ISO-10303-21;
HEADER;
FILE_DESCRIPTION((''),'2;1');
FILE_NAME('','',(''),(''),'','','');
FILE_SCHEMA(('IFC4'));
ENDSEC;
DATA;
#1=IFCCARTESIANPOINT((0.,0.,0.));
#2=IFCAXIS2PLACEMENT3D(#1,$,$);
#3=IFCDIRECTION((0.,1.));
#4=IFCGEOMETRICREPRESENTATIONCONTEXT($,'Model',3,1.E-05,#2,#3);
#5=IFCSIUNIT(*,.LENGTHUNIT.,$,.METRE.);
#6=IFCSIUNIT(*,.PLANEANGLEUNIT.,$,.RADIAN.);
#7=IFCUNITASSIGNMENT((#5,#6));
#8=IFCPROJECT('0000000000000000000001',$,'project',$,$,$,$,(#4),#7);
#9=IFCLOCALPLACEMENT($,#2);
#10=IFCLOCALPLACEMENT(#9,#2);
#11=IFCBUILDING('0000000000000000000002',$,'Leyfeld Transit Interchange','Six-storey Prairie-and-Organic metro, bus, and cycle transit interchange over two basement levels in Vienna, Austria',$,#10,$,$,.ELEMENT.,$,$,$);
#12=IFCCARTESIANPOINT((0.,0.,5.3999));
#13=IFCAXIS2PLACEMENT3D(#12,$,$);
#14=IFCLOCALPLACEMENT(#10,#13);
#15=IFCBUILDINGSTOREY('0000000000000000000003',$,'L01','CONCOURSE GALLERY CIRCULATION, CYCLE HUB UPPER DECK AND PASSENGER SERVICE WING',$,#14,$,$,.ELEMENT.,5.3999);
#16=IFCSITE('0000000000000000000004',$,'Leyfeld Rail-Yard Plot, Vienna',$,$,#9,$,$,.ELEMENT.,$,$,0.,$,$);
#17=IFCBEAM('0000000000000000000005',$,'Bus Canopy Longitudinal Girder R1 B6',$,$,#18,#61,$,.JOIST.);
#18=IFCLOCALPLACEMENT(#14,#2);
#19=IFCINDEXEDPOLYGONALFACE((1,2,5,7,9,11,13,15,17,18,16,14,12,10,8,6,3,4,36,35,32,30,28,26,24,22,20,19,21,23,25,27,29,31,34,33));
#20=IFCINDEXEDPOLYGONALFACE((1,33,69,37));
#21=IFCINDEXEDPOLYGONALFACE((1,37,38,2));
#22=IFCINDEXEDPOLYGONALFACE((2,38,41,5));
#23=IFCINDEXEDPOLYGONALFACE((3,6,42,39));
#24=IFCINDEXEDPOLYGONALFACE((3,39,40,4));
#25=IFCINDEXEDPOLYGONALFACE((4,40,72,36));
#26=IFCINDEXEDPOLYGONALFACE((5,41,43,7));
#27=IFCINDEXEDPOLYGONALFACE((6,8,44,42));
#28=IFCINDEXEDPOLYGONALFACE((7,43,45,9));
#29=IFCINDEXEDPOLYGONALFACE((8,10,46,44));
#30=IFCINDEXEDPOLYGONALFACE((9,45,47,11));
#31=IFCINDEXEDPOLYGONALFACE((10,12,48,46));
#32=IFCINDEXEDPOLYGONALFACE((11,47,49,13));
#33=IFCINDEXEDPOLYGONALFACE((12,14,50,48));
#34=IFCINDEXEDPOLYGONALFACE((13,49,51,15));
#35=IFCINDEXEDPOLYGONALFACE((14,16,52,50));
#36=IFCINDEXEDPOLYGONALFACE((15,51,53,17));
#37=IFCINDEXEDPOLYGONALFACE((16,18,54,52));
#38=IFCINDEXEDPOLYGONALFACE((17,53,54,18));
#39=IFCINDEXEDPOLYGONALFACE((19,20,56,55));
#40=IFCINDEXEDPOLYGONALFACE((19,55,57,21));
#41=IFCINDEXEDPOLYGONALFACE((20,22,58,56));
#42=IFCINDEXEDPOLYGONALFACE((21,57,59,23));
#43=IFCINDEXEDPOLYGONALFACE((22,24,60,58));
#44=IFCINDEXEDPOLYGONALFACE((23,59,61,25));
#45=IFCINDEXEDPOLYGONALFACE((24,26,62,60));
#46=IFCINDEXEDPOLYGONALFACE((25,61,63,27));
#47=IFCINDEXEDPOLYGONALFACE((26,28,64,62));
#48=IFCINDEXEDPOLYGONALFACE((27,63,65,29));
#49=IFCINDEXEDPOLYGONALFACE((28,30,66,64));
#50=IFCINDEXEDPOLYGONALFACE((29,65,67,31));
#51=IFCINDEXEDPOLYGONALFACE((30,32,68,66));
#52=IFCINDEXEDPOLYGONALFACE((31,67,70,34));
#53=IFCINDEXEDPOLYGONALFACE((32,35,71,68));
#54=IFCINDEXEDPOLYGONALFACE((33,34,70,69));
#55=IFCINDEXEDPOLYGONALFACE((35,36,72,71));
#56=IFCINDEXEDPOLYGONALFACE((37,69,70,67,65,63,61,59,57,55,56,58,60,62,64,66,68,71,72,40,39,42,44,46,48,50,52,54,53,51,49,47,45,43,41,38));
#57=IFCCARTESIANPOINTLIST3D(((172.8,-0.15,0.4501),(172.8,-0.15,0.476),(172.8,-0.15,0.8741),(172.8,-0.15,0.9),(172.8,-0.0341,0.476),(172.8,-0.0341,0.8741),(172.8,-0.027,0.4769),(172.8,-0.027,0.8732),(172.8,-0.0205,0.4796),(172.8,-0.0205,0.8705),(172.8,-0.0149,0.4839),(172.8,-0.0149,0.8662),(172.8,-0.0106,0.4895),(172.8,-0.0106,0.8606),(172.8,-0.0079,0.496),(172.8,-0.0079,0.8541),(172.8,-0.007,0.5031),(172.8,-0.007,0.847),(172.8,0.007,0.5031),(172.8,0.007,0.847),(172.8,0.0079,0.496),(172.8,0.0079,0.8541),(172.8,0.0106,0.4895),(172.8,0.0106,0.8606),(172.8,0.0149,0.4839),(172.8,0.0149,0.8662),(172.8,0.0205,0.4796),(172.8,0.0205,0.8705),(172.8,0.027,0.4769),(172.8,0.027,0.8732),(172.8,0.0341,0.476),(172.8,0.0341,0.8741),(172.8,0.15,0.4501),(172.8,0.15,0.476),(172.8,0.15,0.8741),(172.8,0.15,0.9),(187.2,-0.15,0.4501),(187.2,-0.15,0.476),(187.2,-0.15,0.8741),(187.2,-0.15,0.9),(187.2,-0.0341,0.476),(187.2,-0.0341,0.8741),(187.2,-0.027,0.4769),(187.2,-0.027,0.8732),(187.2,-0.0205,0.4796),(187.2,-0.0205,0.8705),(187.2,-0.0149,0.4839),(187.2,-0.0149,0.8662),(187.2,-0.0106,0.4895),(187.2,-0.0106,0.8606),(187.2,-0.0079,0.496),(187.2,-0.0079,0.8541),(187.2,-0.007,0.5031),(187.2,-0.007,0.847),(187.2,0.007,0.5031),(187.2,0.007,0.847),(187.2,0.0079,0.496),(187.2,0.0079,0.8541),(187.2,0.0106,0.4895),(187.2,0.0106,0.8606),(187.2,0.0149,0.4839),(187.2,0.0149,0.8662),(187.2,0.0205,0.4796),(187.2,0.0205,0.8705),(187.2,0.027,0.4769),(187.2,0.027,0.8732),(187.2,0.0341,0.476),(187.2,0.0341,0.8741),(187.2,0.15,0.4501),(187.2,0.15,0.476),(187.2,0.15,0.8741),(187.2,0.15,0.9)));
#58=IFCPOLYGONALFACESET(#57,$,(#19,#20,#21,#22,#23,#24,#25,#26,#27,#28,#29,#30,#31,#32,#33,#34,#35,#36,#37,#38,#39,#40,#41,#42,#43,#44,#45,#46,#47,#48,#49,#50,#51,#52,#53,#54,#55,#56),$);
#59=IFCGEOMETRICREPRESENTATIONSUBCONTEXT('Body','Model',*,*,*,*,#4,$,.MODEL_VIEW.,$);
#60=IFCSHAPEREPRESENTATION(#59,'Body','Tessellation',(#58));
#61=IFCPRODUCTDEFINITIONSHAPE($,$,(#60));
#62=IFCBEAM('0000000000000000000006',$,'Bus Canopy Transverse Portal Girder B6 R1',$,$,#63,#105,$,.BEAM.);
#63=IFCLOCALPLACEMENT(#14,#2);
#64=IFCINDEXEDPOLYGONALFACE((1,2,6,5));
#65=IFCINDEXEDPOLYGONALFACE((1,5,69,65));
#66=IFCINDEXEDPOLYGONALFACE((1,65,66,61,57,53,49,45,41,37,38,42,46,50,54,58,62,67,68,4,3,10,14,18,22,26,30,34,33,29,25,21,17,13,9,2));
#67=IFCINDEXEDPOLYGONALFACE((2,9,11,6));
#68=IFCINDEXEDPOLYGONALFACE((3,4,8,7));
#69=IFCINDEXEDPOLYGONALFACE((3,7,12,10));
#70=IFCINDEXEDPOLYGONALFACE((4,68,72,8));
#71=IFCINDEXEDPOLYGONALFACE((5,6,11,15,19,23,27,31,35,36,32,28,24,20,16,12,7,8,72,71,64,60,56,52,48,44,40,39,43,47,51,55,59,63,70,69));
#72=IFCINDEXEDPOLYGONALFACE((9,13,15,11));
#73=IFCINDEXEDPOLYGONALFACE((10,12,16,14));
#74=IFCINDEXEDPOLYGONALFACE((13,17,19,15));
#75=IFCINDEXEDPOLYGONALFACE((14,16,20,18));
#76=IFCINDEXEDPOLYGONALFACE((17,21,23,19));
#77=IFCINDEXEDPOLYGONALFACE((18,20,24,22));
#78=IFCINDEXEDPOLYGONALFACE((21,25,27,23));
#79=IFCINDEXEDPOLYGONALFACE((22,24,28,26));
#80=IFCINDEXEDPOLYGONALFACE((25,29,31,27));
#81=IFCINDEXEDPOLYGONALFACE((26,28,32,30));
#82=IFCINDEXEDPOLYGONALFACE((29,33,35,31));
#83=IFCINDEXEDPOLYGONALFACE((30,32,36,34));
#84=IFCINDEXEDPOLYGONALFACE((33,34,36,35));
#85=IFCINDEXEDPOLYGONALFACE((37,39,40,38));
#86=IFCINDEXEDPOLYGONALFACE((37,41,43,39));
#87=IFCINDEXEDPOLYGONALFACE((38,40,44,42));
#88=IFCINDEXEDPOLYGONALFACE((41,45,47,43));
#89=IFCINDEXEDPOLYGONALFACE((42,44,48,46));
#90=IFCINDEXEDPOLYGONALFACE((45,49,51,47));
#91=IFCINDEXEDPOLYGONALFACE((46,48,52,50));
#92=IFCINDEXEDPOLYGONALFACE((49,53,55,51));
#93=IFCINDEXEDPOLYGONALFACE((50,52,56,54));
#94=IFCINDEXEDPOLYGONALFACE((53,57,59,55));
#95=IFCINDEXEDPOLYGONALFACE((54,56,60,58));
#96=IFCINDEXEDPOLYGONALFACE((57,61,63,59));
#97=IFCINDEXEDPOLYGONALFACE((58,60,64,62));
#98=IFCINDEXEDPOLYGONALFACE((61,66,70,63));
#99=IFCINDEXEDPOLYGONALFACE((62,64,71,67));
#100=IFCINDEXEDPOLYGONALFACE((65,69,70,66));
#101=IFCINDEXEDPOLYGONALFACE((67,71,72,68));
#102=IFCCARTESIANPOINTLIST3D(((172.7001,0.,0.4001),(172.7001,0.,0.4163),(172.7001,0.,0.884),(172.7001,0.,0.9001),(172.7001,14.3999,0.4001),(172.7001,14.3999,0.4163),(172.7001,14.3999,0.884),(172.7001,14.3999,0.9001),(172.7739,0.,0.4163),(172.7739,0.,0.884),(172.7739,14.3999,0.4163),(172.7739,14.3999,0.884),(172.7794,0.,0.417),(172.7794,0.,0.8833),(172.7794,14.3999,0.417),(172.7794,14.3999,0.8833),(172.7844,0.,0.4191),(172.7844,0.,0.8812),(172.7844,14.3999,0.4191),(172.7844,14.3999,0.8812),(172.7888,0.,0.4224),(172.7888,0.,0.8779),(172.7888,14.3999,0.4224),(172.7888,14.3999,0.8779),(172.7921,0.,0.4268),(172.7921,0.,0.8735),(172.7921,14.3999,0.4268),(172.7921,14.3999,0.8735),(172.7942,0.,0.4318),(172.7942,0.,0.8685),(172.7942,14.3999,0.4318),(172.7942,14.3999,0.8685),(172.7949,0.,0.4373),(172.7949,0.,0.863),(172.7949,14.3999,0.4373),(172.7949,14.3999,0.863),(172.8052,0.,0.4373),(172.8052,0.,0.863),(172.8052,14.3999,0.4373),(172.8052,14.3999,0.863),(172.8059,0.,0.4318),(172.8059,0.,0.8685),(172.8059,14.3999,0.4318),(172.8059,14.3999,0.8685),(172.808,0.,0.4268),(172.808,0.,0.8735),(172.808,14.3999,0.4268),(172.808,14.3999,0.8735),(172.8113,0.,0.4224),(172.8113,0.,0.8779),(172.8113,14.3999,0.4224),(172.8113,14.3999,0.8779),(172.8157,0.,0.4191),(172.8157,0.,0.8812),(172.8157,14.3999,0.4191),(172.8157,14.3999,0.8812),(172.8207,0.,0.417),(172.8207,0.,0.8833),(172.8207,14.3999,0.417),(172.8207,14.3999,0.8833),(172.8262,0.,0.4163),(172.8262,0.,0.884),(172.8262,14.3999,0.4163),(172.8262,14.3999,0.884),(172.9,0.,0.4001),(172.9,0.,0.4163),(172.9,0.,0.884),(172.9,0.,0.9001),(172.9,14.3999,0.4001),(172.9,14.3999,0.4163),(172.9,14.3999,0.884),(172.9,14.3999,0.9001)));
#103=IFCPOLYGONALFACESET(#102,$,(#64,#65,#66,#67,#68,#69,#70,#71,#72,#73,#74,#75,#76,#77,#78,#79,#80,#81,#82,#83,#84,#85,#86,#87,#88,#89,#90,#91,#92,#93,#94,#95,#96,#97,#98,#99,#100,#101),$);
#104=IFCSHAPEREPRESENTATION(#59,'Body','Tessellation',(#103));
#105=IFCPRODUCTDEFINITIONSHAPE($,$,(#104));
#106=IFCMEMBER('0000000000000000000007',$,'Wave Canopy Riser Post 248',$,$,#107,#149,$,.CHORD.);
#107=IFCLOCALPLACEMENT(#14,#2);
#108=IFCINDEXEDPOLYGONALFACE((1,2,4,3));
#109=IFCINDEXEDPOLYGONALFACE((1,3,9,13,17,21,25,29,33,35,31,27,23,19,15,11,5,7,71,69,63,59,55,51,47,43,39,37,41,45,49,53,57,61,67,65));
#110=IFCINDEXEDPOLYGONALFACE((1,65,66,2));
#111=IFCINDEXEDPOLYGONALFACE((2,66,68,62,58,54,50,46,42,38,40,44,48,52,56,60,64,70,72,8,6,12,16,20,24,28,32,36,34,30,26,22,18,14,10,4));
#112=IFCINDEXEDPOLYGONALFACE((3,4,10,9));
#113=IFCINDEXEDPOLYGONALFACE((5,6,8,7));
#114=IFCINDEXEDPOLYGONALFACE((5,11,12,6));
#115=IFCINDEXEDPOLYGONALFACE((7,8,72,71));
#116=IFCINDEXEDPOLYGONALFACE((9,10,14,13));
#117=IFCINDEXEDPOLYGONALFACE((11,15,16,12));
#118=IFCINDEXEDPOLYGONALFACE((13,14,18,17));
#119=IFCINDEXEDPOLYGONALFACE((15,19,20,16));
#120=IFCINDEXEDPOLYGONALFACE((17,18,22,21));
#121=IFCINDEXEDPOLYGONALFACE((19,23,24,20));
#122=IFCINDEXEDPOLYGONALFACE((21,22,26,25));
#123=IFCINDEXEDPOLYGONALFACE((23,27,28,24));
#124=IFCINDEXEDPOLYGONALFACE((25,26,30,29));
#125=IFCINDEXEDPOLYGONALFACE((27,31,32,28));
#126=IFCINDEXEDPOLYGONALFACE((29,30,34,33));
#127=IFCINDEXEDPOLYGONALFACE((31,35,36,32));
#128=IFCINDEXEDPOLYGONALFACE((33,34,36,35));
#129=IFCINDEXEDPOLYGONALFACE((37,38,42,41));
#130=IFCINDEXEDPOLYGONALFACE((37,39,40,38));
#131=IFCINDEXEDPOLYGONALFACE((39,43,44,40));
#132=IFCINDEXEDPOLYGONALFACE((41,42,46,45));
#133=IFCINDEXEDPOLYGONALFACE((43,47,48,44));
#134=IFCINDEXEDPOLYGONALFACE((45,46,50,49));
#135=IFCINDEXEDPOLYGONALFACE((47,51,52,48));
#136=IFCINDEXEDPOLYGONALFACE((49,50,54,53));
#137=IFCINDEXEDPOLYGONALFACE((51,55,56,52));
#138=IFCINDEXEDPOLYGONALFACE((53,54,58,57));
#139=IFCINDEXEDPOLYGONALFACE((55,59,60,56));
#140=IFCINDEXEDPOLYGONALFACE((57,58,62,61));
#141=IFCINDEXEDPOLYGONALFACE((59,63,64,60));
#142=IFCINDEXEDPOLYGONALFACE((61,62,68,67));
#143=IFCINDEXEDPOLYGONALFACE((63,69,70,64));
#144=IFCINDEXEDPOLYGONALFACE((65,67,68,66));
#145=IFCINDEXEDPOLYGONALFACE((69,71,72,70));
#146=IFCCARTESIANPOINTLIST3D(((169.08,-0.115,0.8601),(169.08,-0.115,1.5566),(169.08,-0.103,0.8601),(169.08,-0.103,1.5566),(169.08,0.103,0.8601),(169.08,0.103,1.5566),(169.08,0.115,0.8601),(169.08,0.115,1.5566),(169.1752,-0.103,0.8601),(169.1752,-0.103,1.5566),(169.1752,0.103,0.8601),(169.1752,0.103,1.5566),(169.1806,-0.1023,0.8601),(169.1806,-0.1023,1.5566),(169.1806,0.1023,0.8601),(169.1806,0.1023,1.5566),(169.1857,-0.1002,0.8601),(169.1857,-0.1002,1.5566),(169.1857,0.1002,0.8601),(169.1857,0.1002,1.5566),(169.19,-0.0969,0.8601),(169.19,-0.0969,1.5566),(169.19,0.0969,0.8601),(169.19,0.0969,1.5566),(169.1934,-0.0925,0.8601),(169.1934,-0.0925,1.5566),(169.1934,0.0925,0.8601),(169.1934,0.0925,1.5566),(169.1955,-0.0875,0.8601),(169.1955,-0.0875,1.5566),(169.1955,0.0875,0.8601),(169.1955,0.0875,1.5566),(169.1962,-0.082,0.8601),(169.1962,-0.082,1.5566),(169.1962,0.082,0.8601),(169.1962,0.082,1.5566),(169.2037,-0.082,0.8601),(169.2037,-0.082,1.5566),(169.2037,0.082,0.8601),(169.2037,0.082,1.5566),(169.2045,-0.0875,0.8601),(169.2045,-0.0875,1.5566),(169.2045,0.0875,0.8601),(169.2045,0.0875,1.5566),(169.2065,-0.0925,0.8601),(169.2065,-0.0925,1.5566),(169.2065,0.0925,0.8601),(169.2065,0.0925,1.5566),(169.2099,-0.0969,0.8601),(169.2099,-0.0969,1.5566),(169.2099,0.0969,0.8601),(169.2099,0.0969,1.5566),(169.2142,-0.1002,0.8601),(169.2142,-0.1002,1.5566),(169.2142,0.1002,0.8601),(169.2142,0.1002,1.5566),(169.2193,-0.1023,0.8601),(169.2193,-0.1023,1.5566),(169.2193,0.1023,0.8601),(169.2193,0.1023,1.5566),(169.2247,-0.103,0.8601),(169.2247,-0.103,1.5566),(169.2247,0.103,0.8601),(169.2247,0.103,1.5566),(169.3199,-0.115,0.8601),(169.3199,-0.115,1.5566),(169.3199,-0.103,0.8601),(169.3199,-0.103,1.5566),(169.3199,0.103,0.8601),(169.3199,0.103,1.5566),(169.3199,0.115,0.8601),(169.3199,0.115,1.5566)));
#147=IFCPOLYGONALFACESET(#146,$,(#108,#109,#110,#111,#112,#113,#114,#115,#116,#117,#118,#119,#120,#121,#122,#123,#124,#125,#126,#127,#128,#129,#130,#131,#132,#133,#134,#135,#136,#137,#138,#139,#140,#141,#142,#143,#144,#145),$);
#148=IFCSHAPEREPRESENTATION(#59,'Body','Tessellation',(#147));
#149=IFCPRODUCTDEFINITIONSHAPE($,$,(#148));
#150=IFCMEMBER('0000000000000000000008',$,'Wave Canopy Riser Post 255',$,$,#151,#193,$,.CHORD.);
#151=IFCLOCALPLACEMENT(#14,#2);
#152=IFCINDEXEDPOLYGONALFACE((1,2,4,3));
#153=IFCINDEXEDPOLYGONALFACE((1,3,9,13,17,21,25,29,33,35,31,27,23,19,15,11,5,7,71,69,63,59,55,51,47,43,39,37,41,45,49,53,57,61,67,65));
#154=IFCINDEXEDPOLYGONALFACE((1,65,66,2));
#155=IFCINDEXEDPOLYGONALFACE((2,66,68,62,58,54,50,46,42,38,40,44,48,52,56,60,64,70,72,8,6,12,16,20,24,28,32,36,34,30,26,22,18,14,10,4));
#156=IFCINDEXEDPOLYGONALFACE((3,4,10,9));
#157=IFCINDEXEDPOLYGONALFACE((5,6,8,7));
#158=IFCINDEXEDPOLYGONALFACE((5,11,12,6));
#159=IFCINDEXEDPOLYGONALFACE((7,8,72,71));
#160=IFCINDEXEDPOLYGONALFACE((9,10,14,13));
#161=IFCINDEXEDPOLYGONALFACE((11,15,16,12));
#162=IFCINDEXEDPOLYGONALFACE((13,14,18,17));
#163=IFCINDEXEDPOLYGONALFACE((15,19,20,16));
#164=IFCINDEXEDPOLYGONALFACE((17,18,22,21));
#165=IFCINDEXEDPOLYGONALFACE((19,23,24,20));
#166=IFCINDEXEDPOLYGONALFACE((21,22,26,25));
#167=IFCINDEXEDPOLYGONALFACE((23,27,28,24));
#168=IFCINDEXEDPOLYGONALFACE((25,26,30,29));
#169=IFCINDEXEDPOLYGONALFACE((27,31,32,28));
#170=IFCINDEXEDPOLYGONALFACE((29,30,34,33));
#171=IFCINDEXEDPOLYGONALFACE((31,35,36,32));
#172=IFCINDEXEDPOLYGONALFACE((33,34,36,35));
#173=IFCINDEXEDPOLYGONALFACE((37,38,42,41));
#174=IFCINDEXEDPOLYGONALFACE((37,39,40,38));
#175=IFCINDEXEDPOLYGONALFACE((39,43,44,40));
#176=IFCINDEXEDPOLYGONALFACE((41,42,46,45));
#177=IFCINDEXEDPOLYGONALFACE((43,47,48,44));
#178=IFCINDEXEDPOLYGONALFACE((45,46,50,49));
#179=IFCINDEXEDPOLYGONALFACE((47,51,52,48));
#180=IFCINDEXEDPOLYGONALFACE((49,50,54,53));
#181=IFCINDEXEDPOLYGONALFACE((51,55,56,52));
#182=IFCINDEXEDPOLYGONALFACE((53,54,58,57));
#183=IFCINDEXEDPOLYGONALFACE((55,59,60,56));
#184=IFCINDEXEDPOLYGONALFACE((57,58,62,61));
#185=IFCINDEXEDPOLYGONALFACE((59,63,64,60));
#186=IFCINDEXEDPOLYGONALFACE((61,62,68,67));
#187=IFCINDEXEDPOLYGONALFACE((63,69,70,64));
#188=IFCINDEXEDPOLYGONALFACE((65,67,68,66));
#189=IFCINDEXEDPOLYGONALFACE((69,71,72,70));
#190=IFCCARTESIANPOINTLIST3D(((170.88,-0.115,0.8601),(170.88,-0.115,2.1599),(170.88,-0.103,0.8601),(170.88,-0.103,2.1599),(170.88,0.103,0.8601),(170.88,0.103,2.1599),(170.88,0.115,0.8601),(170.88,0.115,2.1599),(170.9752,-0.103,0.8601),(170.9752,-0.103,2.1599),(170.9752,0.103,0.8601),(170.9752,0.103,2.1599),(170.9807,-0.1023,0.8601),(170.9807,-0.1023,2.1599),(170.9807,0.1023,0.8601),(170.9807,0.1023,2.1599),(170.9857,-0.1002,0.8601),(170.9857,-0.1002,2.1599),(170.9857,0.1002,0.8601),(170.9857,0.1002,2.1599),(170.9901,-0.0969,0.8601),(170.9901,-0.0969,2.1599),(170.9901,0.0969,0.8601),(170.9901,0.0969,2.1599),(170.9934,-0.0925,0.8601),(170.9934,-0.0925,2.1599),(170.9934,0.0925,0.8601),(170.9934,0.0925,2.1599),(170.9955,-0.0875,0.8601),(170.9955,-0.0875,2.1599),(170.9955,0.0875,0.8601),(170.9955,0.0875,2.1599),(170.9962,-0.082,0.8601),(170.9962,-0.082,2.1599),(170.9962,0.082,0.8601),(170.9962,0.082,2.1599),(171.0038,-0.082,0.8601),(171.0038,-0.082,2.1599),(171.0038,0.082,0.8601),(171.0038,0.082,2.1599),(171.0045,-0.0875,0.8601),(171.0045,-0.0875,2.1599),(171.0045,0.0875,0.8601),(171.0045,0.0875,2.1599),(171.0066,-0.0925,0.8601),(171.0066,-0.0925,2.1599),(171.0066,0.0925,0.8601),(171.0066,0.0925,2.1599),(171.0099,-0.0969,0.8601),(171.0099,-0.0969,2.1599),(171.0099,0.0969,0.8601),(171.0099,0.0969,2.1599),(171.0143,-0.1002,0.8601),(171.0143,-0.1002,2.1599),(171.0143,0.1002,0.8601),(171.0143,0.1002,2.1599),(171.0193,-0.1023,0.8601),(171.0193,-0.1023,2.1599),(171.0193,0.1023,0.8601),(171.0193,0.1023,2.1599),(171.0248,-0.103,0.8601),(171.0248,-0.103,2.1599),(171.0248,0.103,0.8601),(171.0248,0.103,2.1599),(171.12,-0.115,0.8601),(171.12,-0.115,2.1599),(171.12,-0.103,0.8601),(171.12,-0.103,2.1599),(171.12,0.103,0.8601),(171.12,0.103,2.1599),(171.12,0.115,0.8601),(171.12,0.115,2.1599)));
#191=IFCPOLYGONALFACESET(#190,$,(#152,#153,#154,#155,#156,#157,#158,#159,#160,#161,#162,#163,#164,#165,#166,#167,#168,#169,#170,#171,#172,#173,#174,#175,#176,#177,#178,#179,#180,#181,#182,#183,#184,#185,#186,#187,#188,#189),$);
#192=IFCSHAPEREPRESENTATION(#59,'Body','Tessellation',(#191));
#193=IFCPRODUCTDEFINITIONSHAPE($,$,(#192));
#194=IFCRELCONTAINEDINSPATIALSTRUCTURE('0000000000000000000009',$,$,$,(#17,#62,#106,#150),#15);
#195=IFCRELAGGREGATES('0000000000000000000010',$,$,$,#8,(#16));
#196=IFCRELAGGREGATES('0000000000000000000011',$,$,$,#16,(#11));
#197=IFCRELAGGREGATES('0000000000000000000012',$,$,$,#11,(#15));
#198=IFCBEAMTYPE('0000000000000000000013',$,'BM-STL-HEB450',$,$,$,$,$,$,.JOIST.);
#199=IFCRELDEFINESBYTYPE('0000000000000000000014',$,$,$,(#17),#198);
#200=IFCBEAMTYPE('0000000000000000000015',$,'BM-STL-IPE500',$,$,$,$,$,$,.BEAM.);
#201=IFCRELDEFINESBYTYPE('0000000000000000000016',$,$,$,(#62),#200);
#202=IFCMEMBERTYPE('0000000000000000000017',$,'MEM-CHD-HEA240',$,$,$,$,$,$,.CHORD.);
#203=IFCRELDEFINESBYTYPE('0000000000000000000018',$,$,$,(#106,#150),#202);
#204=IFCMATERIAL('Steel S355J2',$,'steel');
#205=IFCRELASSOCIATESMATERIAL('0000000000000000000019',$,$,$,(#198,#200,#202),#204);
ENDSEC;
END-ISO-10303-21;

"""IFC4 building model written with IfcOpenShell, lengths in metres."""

from ifc_helpers import new_model, si_unit, direction, frame, origin, origin_2d, place, context, subcontext, project, spatial, i_section, extrude, material, material_profile, profile_set, type_object, element, save


model = new_model("IFC4")

# Units and contexts
model_context = context("Model", 3, precision=1e-05, world=origin(), true_north=direction((0.0, 1.0)))
body_context = subcontext(model_context, "Body", "Model", "MODEL_VIEW")
ifc_project = project(units=[si_unit("LENGTHUNIT", "METRE"), si_unit("PLANEANGLEUNIT", "RADIAN")], contexts=[model_context])

# Site, building, storey
site_placement = place(None, origin())
site = spatial("IfcSite", under=ifc_project, at=site_placement, Name="Leyfeld Rail-Yard Plot, Vienna", CompositionType="ELEMENT", RefElevation=0.0)
building_placement = place(site_placement, origin())
building = spatial("IfcBuilding", under=site, at=building_placement, Name="Leyfeld Transit Interchange", Description="Six-storey Prairie-and-Organic metro, bus, and cycle transit interchange over two basement levels in Vienna, Austria", CompositionType="ELEMENT")
storey_placement = place(building_placement, frame((0.0, 0.0, 5.3999)))
storey = spatial("IfcBuildingStorey", under=building, at=storey_placement, Name="L01", Description="CONCOURSE GALLERY CIRCULATION, CYCLE HUB UPPER DECK AND PASSENGER SERVICE WING", CompositionType="ELEMENT", Elevation=5.3999)

# Beams
ifc_material_1 = material(Name="Steel S355J2", Category="steel")
ifc_material_profile_1 = material_profile(ifc_material_1, i_section(OverallWidth=0.3, OverallDepth=0.45, WebThickness=0.0139, FlangeThickness=0.0259, FilletRadius=0.0271, at=origin_2d()), Name="HEB 450")
ifc_profile_set_1 = profile_set([ifc_material_profile_1], Name="Steel S355J2")
beam_type_1 = type_object("IfcBeamType", Name="BM-STL-HEB450", PredefinedType="JOIST", material=ifc_profile_set_1)
beam_1_placement = place(storey_placement, frame((172.8, 0.0, 0.675), z_axis=(1.0, 0.0, 0.0), x_axis=(0.0, 1.0, 0.0)))
element("IfcBeam", 1, at=beam_1_placement, inside=storey, type_object=beam_type_1, Name="Bus Canopy Longitudinal Girder R1 B6", PredefinedType="JOIST", context=body_context, shape_type="SweptSolid", body=[
    extrude(i_section(OverallWidth=0.3, OverallDepth=0.45, WebThickness=0.0139, FlangeThickness=0.0259, FilletRadius=0.0271, at=origin_2d()), origin(), (0.0, 0.0, 1.0), 14.3999),
])
ifc_material_profile_2 = material_profile(ifc_material_1, i_section(OverallWidth=0.2, OverallDepth=0.5, WebThickness=0.0103, FlangeThickness=0.0161, FilletRadius=0.021, at=origin_2d()), Name="IPE 500")
ifc_profile_set_2 = profile_set([ifc_material_profile_2], Name="Steel S355J2")
beam_type_2 = type_object("IfcBeamType", Name="BM-STL-IPE500", PredefinedType="BEAM", material=ifc_profile_set_2)
beam_2_placement = place(storey_placement, frame((172.8, 0.0, 0.6501), z_axis=(0.0, 1.0, 0.0), x_axis=(-1.0, 0.0, 0.0)))
element("IfcBeam", 2, at=beam_2_placement, inside=storey, type_object=beam_type_2, Name="Bus Canopy Transverse Portal Girder B6 R1", PredefinedType="BEAM", context=body_context, shape_type="SweptSolid", body=[
    extrude(i_section(OverallWidth=0.2, OverallDepth=0.5, WebThickness=0.0103, FlangeThickness=0.0161, FilletRadius=0.021, at=origin_2d()), origin(), (0.0, 0.0, 1.0), 14.3999),
])

# Members
ifc_material_profile_3 = material_profile(ifc_material_1, i_section(OverallWidth=0.24, OverallDepth=0.23, WebThickness=0.0076, FlangeThickness=0.012, FilletRadius=0.021, at=origin_2d()), Name="HEA 240")
ifc_profile_set_3 = profile_set([ifc_material_profile_3], Name="Steel S355J2")
member_type_1 = type_object("IfcMemberType", Name="MEM-CHD-HEA240", PredefinedType="CHORD", material=ifc_profile_set_3)
member_1_placement = place(storey_placement, frame((169.2, 0.0, 0.8601), z_axis=(0.0, 0.0, 1.0), x_axis=(1.0, 0.0, 0.0)))
element("IfcMember", 3, at=member_1_placement, inside=storey, type_object=member_type_1, Name="Wave Canopy Riser Post 248", PredefinedType="CHORD", context=body_context, shape_type="SweptSolid", body=[
    extrude(i_section(OverallWidth=0.24, OverallDepth=0.23, WebThickness=0.0076, FlangeThickness=0.012, FilletRadius=0.021, at=origin_2d()), origin(), (0.0, 0.0, 1.0), 0.6965),
])
member_2_placement = place(storey_placement, frame((171.0, 0.0, 0.8601), z_axis=(0.0, 0.0, 1.0), x_axis=(1.0, 0.0, 0.0)))
element("IfcMember", 4, at=member_2_placement, inside=storey, type_object=member_type_1, Name="Wave Canopy Riser Post 255", PredefinedType="CHORD", context=body_context, shape_type="SweptSolid", body=[
    extrude(i_section(OverallWidth=0.24, OverallDepth=0.23, WebThickness=0.0076, FlangeThickness=0.012, FilletRadius=0.021, at=origin_2d()), origin(), (0.0, 0.0, 1.0), 1.2998),
])

save(model, "model.ifc")
